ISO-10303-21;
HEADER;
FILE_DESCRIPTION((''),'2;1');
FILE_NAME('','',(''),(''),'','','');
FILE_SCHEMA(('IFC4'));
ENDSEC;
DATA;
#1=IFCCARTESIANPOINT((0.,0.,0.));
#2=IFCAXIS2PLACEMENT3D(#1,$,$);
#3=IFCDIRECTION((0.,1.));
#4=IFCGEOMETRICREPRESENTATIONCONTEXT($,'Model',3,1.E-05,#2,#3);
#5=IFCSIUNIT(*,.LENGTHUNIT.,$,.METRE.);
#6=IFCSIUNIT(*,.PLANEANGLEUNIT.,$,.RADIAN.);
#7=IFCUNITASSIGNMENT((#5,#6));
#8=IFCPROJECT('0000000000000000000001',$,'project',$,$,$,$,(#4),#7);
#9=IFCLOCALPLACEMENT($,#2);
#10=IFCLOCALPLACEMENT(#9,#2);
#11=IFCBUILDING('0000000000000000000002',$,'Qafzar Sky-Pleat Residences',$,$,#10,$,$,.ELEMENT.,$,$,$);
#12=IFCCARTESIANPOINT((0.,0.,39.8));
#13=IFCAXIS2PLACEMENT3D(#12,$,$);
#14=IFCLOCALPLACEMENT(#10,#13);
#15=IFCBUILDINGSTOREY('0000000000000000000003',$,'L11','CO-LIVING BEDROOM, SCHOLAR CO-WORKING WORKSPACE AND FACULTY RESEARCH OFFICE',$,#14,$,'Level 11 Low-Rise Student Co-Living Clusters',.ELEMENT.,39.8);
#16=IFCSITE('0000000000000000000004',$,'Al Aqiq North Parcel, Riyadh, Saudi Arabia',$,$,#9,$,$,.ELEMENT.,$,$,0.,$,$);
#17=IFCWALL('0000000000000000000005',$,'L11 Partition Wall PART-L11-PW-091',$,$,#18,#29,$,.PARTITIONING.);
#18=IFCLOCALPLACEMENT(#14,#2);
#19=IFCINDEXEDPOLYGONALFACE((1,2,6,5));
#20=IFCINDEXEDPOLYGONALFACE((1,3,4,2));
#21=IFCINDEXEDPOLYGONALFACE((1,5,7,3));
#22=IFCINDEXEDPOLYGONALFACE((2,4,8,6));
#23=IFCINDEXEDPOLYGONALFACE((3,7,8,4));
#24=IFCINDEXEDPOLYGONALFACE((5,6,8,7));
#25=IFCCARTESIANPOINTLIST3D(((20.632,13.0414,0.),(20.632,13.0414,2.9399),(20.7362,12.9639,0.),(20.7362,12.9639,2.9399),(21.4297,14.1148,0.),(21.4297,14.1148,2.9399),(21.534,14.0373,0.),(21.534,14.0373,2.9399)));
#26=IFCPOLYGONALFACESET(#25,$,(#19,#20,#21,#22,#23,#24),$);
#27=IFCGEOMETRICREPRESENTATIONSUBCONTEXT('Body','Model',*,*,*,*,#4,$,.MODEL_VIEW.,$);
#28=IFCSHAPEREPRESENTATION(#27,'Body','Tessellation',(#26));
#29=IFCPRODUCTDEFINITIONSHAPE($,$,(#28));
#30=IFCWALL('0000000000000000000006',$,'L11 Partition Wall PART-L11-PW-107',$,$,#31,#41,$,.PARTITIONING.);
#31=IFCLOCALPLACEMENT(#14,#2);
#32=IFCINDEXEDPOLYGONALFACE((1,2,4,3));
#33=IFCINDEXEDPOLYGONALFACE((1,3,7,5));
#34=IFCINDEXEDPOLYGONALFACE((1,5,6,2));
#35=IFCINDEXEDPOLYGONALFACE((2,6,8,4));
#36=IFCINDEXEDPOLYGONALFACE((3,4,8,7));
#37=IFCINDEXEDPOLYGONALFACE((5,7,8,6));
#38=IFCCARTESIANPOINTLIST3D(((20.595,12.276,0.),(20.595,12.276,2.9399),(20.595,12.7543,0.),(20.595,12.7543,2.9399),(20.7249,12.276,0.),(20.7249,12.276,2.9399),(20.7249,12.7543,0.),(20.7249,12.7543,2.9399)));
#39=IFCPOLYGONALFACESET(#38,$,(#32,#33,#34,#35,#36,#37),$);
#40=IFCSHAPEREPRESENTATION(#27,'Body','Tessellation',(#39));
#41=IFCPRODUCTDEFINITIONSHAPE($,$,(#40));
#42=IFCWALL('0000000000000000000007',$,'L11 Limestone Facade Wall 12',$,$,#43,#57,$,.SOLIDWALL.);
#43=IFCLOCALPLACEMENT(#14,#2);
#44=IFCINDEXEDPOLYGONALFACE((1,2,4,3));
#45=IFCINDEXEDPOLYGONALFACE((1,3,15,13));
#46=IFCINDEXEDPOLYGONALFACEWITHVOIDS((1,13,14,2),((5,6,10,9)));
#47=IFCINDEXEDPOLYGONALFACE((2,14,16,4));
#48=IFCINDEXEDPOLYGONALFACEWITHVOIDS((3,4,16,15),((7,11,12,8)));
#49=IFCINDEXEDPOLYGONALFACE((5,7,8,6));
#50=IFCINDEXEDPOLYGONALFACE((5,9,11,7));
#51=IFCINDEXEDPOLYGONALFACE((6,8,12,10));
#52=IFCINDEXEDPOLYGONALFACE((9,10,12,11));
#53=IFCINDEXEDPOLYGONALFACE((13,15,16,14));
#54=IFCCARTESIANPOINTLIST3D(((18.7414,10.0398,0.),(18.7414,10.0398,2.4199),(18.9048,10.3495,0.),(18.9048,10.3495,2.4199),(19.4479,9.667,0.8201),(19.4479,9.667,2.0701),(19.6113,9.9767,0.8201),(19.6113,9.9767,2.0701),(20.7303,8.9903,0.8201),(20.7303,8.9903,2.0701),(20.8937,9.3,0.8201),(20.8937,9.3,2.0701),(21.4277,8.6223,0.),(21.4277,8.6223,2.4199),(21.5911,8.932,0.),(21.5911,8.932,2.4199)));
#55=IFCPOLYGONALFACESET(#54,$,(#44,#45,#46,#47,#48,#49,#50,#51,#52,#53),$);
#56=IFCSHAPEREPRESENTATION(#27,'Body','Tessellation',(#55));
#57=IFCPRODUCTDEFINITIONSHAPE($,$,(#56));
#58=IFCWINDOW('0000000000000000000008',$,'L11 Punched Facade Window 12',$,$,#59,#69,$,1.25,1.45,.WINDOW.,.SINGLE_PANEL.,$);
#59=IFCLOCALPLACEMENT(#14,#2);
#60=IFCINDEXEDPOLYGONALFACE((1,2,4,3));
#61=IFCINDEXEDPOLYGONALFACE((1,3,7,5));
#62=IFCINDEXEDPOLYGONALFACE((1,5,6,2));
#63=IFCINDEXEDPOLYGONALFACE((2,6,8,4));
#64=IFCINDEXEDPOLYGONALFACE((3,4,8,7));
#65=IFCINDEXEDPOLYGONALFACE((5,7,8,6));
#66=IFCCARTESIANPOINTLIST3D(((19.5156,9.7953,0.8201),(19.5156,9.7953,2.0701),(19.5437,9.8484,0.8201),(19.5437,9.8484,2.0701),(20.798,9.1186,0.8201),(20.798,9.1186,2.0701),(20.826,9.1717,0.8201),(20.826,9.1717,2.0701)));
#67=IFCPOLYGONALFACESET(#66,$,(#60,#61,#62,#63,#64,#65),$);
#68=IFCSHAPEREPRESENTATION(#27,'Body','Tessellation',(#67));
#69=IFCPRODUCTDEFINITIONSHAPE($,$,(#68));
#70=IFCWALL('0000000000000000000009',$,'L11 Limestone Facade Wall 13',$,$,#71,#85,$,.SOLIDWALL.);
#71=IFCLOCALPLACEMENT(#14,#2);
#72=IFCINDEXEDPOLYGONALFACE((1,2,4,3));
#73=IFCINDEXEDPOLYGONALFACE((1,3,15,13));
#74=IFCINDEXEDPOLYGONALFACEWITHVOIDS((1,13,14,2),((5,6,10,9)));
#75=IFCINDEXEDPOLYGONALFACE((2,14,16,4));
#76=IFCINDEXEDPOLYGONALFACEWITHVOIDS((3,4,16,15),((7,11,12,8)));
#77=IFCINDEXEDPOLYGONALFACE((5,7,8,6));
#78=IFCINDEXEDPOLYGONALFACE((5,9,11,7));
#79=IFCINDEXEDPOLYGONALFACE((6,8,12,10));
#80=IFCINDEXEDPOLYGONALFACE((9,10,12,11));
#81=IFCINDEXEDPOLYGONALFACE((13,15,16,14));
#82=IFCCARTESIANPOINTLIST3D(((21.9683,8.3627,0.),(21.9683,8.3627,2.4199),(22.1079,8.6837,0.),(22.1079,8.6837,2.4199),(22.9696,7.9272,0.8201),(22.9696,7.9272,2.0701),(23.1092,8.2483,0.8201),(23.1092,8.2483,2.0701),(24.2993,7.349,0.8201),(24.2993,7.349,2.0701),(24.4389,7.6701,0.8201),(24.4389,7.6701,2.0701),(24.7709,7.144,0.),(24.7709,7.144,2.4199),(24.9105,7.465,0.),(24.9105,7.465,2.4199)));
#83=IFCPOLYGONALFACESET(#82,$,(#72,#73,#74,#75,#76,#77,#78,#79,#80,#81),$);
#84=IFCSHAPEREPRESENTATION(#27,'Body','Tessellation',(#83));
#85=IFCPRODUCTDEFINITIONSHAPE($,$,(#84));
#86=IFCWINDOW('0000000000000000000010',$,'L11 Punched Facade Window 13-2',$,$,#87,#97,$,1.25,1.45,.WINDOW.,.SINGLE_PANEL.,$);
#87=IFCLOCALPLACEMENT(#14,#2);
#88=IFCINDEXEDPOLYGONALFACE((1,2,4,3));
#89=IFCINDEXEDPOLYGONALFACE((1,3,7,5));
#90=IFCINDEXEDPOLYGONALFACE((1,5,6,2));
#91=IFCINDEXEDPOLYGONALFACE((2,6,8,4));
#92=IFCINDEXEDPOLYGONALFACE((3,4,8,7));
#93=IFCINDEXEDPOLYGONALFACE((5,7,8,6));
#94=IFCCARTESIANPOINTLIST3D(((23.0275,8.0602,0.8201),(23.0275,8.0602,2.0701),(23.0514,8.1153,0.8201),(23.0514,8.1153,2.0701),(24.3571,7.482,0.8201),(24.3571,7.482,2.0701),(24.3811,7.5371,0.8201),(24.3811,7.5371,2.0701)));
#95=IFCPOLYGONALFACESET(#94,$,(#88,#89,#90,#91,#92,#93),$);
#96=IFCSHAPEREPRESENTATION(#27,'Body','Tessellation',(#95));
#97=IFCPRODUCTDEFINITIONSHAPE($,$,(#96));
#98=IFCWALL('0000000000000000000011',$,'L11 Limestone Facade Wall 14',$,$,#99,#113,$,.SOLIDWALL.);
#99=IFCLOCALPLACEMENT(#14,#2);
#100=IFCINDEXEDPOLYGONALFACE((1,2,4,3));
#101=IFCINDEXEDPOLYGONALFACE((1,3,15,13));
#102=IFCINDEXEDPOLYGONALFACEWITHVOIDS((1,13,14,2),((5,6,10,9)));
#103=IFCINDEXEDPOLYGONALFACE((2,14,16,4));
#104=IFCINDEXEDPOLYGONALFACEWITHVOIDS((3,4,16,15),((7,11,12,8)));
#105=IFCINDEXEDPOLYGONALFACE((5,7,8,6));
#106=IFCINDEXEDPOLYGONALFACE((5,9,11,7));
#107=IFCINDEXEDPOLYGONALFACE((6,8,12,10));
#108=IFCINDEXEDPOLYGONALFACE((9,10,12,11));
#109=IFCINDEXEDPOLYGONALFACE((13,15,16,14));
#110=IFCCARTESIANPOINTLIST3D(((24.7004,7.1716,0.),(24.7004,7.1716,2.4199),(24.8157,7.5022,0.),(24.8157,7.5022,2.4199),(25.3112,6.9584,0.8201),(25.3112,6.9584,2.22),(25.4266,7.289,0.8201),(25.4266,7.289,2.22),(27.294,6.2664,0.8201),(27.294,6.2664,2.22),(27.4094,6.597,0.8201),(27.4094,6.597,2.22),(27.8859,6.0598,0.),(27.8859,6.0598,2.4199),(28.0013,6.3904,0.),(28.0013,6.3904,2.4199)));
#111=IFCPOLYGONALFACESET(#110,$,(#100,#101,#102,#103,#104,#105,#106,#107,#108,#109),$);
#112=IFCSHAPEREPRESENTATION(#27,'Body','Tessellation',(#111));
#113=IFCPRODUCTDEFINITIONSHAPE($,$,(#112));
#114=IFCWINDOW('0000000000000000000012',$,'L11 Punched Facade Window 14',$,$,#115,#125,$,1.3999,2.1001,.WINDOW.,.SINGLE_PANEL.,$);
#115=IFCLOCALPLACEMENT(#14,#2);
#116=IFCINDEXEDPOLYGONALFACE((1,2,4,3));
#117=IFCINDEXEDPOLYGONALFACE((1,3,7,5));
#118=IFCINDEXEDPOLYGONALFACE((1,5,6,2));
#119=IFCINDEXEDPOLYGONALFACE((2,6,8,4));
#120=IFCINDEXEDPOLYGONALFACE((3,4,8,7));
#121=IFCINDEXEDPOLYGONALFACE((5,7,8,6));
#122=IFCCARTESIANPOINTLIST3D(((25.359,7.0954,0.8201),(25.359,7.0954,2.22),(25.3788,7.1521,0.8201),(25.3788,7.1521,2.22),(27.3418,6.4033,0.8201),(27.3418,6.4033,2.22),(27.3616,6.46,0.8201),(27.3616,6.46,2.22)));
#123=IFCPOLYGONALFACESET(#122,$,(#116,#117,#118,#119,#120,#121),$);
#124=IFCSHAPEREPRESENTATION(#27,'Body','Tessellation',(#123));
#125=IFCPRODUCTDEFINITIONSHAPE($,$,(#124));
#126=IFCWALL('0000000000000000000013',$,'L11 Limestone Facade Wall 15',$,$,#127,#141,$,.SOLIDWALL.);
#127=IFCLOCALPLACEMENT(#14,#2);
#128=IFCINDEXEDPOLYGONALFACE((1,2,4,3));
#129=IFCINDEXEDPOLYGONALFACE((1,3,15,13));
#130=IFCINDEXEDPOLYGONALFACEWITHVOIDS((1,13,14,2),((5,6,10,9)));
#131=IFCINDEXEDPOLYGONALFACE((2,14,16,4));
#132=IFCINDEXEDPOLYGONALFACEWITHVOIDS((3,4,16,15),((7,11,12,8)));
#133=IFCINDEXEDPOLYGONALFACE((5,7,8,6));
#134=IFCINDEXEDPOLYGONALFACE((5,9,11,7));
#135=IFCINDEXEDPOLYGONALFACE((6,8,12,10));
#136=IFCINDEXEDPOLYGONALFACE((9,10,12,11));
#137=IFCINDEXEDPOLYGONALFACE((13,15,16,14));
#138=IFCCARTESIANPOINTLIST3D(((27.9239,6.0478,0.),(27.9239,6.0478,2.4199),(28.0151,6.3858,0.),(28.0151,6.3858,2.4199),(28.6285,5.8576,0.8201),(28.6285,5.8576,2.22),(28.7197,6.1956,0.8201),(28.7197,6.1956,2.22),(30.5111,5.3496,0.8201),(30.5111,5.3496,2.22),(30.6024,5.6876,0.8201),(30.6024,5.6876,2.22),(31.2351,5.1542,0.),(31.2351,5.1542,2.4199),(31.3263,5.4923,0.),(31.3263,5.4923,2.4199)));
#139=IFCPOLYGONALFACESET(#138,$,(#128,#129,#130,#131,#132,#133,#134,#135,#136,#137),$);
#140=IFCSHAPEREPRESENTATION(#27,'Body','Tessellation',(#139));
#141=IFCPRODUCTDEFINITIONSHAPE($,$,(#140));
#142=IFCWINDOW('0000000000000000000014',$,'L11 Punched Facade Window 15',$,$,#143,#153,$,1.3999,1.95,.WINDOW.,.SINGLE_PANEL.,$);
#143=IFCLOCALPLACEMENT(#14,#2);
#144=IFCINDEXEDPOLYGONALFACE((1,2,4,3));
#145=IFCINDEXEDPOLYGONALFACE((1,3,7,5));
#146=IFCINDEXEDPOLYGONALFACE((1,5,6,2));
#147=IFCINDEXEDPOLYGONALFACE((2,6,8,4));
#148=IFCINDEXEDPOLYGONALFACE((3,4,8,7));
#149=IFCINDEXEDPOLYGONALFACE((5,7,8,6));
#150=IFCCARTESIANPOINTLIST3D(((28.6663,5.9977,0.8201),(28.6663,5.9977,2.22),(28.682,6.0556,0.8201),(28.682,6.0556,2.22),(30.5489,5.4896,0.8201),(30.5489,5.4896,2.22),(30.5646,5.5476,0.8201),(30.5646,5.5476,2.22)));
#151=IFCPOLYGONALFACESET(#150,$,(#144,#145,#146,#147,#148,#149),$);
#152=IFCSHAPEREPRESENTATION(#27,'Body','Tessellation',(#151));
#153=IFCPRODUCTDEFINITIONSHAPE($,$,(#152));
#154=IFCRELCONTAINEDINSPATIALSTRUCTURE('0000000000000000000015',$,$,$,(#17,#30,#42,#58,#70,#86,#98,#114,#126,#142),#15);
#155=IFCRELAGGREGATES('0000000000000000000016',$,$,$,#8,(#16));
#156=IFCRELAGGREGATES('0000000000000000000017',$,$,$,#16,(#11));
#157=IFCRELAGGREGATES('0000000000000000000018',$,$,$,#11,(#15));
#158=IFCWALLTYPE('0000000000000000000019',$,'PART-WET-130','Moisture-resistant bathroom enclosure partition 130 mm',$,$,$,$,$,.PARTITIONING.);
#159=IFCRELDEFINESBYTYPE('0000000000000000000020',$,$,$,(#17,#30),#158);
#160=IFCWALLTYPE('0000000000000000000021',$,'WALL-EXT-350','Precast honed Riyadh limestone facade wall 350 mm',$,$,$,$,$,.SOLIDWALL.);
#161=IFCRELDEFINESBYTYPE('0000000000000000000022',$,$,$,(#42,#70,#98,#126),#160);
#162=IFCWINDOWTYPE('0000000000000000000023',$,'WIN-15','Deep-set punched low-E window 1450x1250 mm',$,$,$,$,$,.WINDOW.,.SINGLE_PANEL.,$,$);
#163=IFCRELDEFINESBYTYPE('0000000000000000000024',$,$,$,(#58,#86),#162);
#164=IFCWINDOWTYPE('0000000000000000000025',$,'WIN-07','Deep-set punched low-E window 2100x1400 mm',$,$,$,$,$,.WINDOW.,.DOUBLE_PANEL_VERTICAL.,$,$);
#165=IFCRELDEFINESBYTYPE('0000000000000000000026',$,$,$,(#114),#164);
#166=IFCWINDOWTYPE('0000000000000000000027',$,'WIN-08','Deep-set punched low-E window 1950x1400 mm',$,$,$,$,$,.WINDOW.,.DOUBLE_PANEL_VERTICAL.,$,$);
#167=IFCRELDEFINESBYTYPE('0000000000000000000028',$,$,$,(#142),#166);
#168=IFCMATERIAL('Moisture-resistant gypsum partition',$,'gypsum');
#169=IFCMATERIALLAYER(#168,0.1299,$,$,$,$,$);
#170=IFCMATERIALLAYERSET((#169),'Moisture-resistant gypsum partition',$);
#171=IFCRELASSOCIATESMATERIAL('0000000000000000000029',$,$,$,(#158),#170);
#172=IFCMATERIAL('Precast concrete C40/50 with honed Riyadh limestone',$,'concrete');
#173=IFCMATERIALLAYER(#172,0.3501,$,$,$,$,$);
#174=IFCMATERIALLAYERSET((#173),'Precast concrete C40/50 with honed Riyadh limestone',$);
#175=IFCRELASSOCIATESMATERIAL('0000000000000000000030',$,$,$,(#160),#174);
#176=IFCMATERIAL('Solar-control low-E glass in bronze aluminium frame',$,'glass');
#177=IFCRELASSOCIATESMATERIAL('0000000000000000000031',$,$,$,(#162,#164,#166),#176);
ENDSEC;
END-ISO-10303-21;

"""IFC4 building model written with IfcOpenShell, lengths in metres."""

from ifc_helpers import new_model, si_unit, direction, frame, frame_2d, origin, place, context, subcontext, project, spatial, rectangle, extrude, source, transform, mapped, material, layer, layer_set, type_object, element, fill, save


model = new_model("IFC4")

# Units and contexts
model_context = context("Model", 3, precision=1e-05, world=origin(), true_north=direction((0.0, 1.0)))
body_context = subcontext(model_context, "Body", "Model", "MODEL_VIEW")
ifc_project = project(units=[si_unit("LENGTHUNIT", "METRE"), si_unit("PLANEANGLEUNIT", "RADIAN")], contexts=[model_context])

# Site, building, storey
site_placement = place(None, origin())
site = spatial("IfcSite", under=ifc_project, at=site_placement, Name="Al Aqiq North Parcel, Riyadh, Saudi Arabia", CompositionType="ELEMENT", RefElevation=0.0)
building_placement = place(site_placement, origin())
building = spatial("IfcBuilding", under=site, at=building_placement, Name="Qafzar Sky-Pleat Residences", CompositionType="ELEMENT")
storey_placement = place(building_placement, frame((0.0, 0.0, 39.8)))
storey = spatial("IfcBuildingStorey", under=building, at=storey_placement, Name="L11", Description="CO-LIVING BEDROOM, SCHOLAR CO-WORKING WORKSPACE AND FACULTY RESEARCH OFFICE", LongName="Level 11 Low-Rise Student Co-Living Clusters", CompositionType="ELEMENT", Elevation=39.8)

# Shared definitions
ifc_material_1 = material(Name="Moisture-resistant gypsum partition", Category="gypsum")
ifc_layer_1 = layer(ifc_material_1, 0.1299)
ifc_layer_set_1 = layer_set([ifc_layer_1], Name="Moisture-resistant gypsum partition")
wall_type_1 = type_object("IfcWallType", Name="PART-WET-130", Description="Moisture-resistant bathroom enclosure partition 130 mm", PredefinedType="PARTITIONING", material=ifc_layer_set_1)

# Walls
wall_1_placement = place(storey_placement, frame((20.6841, 13.0027, 0.0), z_axis=(0.0, 0.0, 1.0), x_axis=(0.596519, 0.802599, 0.0)))
element("IfcWall", 1, at=wall_1_placement, inside=storey, type_object=wall_type_1, Name="L11 Partition Wall PART-L11-PW-091", PredefinedType="PARTITIONING", context=body_context, shape_type="SweptSolid", body=[
    extrude(rectangle(XDim=1.3374, YDim=0.1299, at=frame_2d((0.6687, 0.0))), origin(), (0.0, 0.0, 1.0), 2.9399),
])
wall_2_placement = place(storey_placement, frame((20.6599, 12.2759, 0.0), z_axis=(0.0, 0.0, 1.0), x_axis=(0.0, 1.0, 0.0)))
element("IfcWall", 2, at=wall_2_placement, inside=storey, type_object=wall_type_1, Name="L11 Partition Wall PART-L11-PW-107", PredefinedType="PARTITIONING", context=body_context, shape_type="SweptSolid", body=[
    extrude(rectangle(XDim=0.4783, YDim=0.1299, at=frame_2d((0.2393, 0.0))), origin(), (0.0, 0.0, 1.0), 2.9399),
])

# Walls, openings, windows
ifc_material_2 = material(Name="Precast concrete C40/50 with honed Riyadh limestone", Category="concrete")
ifc_layer_2 = layer(ifc_material_2, 0.3501)
ifc_layer_set_2 = layer_set([ifc_layer_2], Name="Precast concrete C40/50 with honed Riyadh limestone")
wall_type_2 = type_object("IfcWallType", Name="WALL-EXT-350", Description="Precast honed Riyadh limestone facade wall 350 mm", PredefinedType="SOLIDWALL", material=ifc_layer_set_2)
wall_3_placement = place(storey_placement, frame((18.8232, 10.1946, 0.0), z_axis=(0.0, 0.0, 1.0), x_axis=(0.884423, -0.466687, 0.0)))
wall_3 = element("IfcWall", 3, at=wall_3_placement, inside=storey, type_object=wall_type_2, Name="L11 Limestone Facade Wall 12", PredefinedType="SOLIDWALL", context=body_context, shape_type="SweptSolid", body=[
    extrude(rectangle(XDim=3.0374, YDim=0.3501, at=frame_2d((1.5186, 0.0))), origin(), (0.0, 0.0, 1.0), 2.4199),
])
opening_1_placement = place(wall_3_placement, frame((0.7986, 0.0, 0.8201)))
opening_1 = element("IfcOpeningElement", 4, at=opening_1_placement, cuts=wall_3, PredefinedType="OPENING", context=body_context, shape_type="SweptSolid", body=[
    extrude(rectangle(XDim=1.45, YDim=1.25, at=frame_2d((0.7251, 0.625))), frame((0.0, 0.1851, 0.0), z_axis=(0.0, -1.0, 0.0), x_axis=(1.0, 0.0, 0.0)), (0.0, 0.0, 1.0), 0.3701),
])
ifc_material_3 = material(Name="Solar-control low-E glass in bronze aluminium frame", Category="glass")
window_type_1 = type_object("IfcWindowType", Name="WIN-15", Description="Deep-set punched low-E window 1450x1250 mm", PartitioningType="SINGLE_PANEL", PredefinedType="WINDOW", material=ifc_material_3)
shared_shape_1 = source(origin(), body_context, "Body", "SweptSolid", [
    extrude(rectangle(XDim=1.45, YDim=1.25, at=frame_2d((0.7251, 0.625))), frame((0.0, 0.03, 0.0), z_axis=(0.0, -1.0, 0.0), x_axis=(1.0, 0.0, 0.0)), (0.0, 0.0, 1.0), 0.0601),
])
window_1_placement = place(opening_1_placement, origin())
window_1 = element("IfcWindow", 5, at=window_1_placement, inside=storey, type_object=window_type_1, Name="L11 Punched Facade Window 12", OverallHeight=1.25, OverallWidth=1.45, PartitioningType="SINGLE_PANEL", PredefinedType="WINDOW", context=body_context, shape_type="MappedRepresentation", body=[
    mapped(shared_shape_1, transform((0.0, 0.0, 0.0), x_axis=(1.0, 0.0, 0.0), y_axis=(0.0, 1.0, 0.0), z_axis=(0.0, 0.0, 1.0), scale=1.0)),
])
fill(opening_1, window_1)
wall_4_placement = place(storey_placement, frame((22.0381, 8.5232, 0.0), z_axis=(0.0, 0.0, 1.0), x_axis=(0.91705, -0.398773, 0.0)))
wall_4 = element("IfcWall", 6, at=wall_4_placement, inside=storey, type_object=wall_type_2, Name="L11 Limestone Facade Wall 13", PredefinedType="SOLIDWALL", context=body_context, shape_type="SweptSolid", body=[
    extrude(rectangle(XDim=3.0562, YDim=0.3501, at=frame_2d((1.5281, 0.0))), origin(), (0.0, 0.0, 1.0), 2.4199),
])
opening_2_placement = place(wall_4_placement, frame((1.0918, 0.0, 0.8201)))
opening_2 = element("IfcOpeningElement", 7, at=opening_2_placement, cuts=wall_4, PredefinedType="OPENING", context=body_context, shape_type="SweptSolid", body=[
    extrude(rectangle(XDim=1.45, YDim=1.25, at=frame_2d((0.7251, 0.625))), frame((0.0, 0.1851, 0.0), z_axis=(0.0, -1.0, 0.0), x_axis=(1.0, 0.0, 0.0)), (0.0, 0.0, 1.0), 0.3701),
])
window_2_placement = place(opening_2_placement, origin())
window_2 = element("IfcWindow", 8, at=window_2_placement, inside=storey, type_object=window_type_1, Name="L11 Punched Facade Window 13-2", OverallHeight=1.25, OverallWidth=1.45, PartitioningType="SINGLE_PANEL", PredefinedType="WINDOW", context=body_context, shape_type="MappedRepresentation", body=[
    mapped(shared_shape_1, transform((0.0, 0.0, 0.0), x_axis=(1.0, 0.0, 0.0), y_axis=(0.0, 1.0, 0.0), z_axis=(0.0, 0.0, 1.0), scale=1.0)),
])
fill(opening_2, window_2)
wall_5_placement = place(storey_placement, frame((24.7581, 7.3369, 0.0), z_axis=(0.0, 0.0, 1.0), x_axis=(0.944147, -0.329525, 0.0)))
wall_5 = element("IfcWall", 9, at=wall_5_placement, inside=storey, type_object=wall_type_2, Name="L11 Limestone Facade Wall 14", PredefinedType="SOLIDWALL", context=body_context, shape_type="SweptSolid", body=[
    extrude(rectangle(XDim=3.374, YDim=0.3501, at=frame_2d((1.687, 0.0))), origin(), (0.0, 0.0, 1.0), 2.4199),
])
opening_3_placement = place(wall_5_placement, frame((0.647, 0.0, 0.8201)))
opening_3 = element("IfcOpeningElement", 10, at=opening_3_placement, cuts=wall_5, PredefinedType="OPENING", context=body_context, shape_type="SweptSolid", body=[
    extrude(rectangle(XDim=2.1001, YDim=1.3999, at=frame_2d((1.05, 0.7))), frame((0.0, 0.1851, 0.0), z_axis=(0.0, -1.0, 0.0), x_axis=(1.0, 0.0, 0.0)), (0.0, 0.0, 1.0), 0.3701),
])
window_type_2 = type_object("IfcWindowType", Name="WIN-07", Description="Deep-set punched low-E window 2100x1400 mm", PartitioningType="DOUBLE_PANEL_VERTICAL", PredefinedType="WINDOW", material=ifc_material_3)
shared_shape_2 = source(origin(), body_context, "Body", "SweptSolid", [
    extrude(rectangle(XDim=2.1001, YDim=1.3999, at=frame_2d((1.05, 0.7))), frame((0.0, 0.03, 0.0), z_axis=(0.0, -1.0, 0.0), x_axis=(1.0, 0.0, 0.0)), (0.0, 0.0, 1.0), 0.0601),
])
window_3_placement = place(opening_3_placement, origin())
window_3 = element("IfcWindow", 11, at=window_3_placement, inside=storey, type_object=window_type_2, Name="L11 Punched Facade Window 14", OverallHeight=1.3999, OverallWidth=2.1001, PartitioningType="SINGLE_PANEL", PredefinedType="WINDOW", context=body_context, shape_type="MappedRepresentation", body=[
    mapped(shared_shape_2, transform((0.0, 0.0, 0.0), x_axis=(1.0, 0.0, 0.0), y_axis=(0.0, 1.0, 0.0), z_axis=(0.0, 0.0, 1.0), scale=1.0)),
])
fill(opening_3, window_3)
wall_6_placement = place(storey_placement, frame((27.9695, 6.2168, 0.0), z_axis=(0.0, 0.0, 1.0), x_axis=(0.965465, -0.260532, 0.0)))
wall_6 = element("IfcWall", 12, at=wall_6_placement, inside=storey, type_object=wall_type_2, Name="L11 Limestone Facade Wall 15", PredefinedType="SOLIDWALL", context=body_context, shape_type="SweptSolid", body=[
    extrude(rectangle(XDim=3.4297, YDim=0.3501, at=frame_2d((1.7148, 0.0))), origin(), (0.0, 0.0, 1.0), 2.4199),
])
opening_4_placement = place(wall_6_placement, frame((0.7297, 0.0, 0.8201)))
opening_4 = element("IfcOpeningElement", 13, at=opening_4_placement, cuts=wall_6, PredefinedType="OPENING", context=body_context, shape_type="SweptSolid", body=[
    extrude(rectangle(XDim=1.95, YDim=1.3999, at=frame_2d((0.9751, 0.7))), frame((0.0, 0.1851, 0.0), z_axis=(0.0, -1.0, 0.0), x_axis=(1.0, 0.0, 0.0)), (0.0, 0.0, 1.0), 0.3701),
])
window_type_3 = type_object("IfcWindowType", Name="WIN-08", Description="Deep-set punched low-E window 1950x1400 mm", PartitioningType="DOUBLE_PANEL_VERTICAL", PredefinedType="WINDOW", material=ifc_material_3)
shared_shape_3 = source(origin(), body_context, "Body", "SweptSolid", [
    extrude(rectangle(XDim=1.95, YDim=1.3999, at=frame_2d((0.9751, 0.7))), frame((0.0, 0.03, 0.0), z_axis=(0.0, -1.0, 0.0), x_axis=(1.0, 0.0, 0.0)), (0.0, 0.0, 1.0), 0.0601),
])
window_4_placement = place(opening_4_placement, origin())
window_4 = element("IfcWindow", 14, at=window_4_placement, inside=storey, type_object=window_type_3, Name="L11 Punched Facade Window 15", OverallHeight=1.3999, OverallWidth=1.95, PartitioningType="SINGLE_PANEL", PredefinedType="WINDOW", context=body_context, shape_type="MappedRepresentation", body=[
    mapped(shared_shape_3, transform((0.0, 0.0, 0.0), x_axis=(1.0, 0.0, 0.0), y_axis=(0.0, 1.0, 0.0), z_axis=(0.0, 0.0, 1.0), scale=1.0)),
])
fill(opening_4, window_4)

save(model, "model.ifc")
